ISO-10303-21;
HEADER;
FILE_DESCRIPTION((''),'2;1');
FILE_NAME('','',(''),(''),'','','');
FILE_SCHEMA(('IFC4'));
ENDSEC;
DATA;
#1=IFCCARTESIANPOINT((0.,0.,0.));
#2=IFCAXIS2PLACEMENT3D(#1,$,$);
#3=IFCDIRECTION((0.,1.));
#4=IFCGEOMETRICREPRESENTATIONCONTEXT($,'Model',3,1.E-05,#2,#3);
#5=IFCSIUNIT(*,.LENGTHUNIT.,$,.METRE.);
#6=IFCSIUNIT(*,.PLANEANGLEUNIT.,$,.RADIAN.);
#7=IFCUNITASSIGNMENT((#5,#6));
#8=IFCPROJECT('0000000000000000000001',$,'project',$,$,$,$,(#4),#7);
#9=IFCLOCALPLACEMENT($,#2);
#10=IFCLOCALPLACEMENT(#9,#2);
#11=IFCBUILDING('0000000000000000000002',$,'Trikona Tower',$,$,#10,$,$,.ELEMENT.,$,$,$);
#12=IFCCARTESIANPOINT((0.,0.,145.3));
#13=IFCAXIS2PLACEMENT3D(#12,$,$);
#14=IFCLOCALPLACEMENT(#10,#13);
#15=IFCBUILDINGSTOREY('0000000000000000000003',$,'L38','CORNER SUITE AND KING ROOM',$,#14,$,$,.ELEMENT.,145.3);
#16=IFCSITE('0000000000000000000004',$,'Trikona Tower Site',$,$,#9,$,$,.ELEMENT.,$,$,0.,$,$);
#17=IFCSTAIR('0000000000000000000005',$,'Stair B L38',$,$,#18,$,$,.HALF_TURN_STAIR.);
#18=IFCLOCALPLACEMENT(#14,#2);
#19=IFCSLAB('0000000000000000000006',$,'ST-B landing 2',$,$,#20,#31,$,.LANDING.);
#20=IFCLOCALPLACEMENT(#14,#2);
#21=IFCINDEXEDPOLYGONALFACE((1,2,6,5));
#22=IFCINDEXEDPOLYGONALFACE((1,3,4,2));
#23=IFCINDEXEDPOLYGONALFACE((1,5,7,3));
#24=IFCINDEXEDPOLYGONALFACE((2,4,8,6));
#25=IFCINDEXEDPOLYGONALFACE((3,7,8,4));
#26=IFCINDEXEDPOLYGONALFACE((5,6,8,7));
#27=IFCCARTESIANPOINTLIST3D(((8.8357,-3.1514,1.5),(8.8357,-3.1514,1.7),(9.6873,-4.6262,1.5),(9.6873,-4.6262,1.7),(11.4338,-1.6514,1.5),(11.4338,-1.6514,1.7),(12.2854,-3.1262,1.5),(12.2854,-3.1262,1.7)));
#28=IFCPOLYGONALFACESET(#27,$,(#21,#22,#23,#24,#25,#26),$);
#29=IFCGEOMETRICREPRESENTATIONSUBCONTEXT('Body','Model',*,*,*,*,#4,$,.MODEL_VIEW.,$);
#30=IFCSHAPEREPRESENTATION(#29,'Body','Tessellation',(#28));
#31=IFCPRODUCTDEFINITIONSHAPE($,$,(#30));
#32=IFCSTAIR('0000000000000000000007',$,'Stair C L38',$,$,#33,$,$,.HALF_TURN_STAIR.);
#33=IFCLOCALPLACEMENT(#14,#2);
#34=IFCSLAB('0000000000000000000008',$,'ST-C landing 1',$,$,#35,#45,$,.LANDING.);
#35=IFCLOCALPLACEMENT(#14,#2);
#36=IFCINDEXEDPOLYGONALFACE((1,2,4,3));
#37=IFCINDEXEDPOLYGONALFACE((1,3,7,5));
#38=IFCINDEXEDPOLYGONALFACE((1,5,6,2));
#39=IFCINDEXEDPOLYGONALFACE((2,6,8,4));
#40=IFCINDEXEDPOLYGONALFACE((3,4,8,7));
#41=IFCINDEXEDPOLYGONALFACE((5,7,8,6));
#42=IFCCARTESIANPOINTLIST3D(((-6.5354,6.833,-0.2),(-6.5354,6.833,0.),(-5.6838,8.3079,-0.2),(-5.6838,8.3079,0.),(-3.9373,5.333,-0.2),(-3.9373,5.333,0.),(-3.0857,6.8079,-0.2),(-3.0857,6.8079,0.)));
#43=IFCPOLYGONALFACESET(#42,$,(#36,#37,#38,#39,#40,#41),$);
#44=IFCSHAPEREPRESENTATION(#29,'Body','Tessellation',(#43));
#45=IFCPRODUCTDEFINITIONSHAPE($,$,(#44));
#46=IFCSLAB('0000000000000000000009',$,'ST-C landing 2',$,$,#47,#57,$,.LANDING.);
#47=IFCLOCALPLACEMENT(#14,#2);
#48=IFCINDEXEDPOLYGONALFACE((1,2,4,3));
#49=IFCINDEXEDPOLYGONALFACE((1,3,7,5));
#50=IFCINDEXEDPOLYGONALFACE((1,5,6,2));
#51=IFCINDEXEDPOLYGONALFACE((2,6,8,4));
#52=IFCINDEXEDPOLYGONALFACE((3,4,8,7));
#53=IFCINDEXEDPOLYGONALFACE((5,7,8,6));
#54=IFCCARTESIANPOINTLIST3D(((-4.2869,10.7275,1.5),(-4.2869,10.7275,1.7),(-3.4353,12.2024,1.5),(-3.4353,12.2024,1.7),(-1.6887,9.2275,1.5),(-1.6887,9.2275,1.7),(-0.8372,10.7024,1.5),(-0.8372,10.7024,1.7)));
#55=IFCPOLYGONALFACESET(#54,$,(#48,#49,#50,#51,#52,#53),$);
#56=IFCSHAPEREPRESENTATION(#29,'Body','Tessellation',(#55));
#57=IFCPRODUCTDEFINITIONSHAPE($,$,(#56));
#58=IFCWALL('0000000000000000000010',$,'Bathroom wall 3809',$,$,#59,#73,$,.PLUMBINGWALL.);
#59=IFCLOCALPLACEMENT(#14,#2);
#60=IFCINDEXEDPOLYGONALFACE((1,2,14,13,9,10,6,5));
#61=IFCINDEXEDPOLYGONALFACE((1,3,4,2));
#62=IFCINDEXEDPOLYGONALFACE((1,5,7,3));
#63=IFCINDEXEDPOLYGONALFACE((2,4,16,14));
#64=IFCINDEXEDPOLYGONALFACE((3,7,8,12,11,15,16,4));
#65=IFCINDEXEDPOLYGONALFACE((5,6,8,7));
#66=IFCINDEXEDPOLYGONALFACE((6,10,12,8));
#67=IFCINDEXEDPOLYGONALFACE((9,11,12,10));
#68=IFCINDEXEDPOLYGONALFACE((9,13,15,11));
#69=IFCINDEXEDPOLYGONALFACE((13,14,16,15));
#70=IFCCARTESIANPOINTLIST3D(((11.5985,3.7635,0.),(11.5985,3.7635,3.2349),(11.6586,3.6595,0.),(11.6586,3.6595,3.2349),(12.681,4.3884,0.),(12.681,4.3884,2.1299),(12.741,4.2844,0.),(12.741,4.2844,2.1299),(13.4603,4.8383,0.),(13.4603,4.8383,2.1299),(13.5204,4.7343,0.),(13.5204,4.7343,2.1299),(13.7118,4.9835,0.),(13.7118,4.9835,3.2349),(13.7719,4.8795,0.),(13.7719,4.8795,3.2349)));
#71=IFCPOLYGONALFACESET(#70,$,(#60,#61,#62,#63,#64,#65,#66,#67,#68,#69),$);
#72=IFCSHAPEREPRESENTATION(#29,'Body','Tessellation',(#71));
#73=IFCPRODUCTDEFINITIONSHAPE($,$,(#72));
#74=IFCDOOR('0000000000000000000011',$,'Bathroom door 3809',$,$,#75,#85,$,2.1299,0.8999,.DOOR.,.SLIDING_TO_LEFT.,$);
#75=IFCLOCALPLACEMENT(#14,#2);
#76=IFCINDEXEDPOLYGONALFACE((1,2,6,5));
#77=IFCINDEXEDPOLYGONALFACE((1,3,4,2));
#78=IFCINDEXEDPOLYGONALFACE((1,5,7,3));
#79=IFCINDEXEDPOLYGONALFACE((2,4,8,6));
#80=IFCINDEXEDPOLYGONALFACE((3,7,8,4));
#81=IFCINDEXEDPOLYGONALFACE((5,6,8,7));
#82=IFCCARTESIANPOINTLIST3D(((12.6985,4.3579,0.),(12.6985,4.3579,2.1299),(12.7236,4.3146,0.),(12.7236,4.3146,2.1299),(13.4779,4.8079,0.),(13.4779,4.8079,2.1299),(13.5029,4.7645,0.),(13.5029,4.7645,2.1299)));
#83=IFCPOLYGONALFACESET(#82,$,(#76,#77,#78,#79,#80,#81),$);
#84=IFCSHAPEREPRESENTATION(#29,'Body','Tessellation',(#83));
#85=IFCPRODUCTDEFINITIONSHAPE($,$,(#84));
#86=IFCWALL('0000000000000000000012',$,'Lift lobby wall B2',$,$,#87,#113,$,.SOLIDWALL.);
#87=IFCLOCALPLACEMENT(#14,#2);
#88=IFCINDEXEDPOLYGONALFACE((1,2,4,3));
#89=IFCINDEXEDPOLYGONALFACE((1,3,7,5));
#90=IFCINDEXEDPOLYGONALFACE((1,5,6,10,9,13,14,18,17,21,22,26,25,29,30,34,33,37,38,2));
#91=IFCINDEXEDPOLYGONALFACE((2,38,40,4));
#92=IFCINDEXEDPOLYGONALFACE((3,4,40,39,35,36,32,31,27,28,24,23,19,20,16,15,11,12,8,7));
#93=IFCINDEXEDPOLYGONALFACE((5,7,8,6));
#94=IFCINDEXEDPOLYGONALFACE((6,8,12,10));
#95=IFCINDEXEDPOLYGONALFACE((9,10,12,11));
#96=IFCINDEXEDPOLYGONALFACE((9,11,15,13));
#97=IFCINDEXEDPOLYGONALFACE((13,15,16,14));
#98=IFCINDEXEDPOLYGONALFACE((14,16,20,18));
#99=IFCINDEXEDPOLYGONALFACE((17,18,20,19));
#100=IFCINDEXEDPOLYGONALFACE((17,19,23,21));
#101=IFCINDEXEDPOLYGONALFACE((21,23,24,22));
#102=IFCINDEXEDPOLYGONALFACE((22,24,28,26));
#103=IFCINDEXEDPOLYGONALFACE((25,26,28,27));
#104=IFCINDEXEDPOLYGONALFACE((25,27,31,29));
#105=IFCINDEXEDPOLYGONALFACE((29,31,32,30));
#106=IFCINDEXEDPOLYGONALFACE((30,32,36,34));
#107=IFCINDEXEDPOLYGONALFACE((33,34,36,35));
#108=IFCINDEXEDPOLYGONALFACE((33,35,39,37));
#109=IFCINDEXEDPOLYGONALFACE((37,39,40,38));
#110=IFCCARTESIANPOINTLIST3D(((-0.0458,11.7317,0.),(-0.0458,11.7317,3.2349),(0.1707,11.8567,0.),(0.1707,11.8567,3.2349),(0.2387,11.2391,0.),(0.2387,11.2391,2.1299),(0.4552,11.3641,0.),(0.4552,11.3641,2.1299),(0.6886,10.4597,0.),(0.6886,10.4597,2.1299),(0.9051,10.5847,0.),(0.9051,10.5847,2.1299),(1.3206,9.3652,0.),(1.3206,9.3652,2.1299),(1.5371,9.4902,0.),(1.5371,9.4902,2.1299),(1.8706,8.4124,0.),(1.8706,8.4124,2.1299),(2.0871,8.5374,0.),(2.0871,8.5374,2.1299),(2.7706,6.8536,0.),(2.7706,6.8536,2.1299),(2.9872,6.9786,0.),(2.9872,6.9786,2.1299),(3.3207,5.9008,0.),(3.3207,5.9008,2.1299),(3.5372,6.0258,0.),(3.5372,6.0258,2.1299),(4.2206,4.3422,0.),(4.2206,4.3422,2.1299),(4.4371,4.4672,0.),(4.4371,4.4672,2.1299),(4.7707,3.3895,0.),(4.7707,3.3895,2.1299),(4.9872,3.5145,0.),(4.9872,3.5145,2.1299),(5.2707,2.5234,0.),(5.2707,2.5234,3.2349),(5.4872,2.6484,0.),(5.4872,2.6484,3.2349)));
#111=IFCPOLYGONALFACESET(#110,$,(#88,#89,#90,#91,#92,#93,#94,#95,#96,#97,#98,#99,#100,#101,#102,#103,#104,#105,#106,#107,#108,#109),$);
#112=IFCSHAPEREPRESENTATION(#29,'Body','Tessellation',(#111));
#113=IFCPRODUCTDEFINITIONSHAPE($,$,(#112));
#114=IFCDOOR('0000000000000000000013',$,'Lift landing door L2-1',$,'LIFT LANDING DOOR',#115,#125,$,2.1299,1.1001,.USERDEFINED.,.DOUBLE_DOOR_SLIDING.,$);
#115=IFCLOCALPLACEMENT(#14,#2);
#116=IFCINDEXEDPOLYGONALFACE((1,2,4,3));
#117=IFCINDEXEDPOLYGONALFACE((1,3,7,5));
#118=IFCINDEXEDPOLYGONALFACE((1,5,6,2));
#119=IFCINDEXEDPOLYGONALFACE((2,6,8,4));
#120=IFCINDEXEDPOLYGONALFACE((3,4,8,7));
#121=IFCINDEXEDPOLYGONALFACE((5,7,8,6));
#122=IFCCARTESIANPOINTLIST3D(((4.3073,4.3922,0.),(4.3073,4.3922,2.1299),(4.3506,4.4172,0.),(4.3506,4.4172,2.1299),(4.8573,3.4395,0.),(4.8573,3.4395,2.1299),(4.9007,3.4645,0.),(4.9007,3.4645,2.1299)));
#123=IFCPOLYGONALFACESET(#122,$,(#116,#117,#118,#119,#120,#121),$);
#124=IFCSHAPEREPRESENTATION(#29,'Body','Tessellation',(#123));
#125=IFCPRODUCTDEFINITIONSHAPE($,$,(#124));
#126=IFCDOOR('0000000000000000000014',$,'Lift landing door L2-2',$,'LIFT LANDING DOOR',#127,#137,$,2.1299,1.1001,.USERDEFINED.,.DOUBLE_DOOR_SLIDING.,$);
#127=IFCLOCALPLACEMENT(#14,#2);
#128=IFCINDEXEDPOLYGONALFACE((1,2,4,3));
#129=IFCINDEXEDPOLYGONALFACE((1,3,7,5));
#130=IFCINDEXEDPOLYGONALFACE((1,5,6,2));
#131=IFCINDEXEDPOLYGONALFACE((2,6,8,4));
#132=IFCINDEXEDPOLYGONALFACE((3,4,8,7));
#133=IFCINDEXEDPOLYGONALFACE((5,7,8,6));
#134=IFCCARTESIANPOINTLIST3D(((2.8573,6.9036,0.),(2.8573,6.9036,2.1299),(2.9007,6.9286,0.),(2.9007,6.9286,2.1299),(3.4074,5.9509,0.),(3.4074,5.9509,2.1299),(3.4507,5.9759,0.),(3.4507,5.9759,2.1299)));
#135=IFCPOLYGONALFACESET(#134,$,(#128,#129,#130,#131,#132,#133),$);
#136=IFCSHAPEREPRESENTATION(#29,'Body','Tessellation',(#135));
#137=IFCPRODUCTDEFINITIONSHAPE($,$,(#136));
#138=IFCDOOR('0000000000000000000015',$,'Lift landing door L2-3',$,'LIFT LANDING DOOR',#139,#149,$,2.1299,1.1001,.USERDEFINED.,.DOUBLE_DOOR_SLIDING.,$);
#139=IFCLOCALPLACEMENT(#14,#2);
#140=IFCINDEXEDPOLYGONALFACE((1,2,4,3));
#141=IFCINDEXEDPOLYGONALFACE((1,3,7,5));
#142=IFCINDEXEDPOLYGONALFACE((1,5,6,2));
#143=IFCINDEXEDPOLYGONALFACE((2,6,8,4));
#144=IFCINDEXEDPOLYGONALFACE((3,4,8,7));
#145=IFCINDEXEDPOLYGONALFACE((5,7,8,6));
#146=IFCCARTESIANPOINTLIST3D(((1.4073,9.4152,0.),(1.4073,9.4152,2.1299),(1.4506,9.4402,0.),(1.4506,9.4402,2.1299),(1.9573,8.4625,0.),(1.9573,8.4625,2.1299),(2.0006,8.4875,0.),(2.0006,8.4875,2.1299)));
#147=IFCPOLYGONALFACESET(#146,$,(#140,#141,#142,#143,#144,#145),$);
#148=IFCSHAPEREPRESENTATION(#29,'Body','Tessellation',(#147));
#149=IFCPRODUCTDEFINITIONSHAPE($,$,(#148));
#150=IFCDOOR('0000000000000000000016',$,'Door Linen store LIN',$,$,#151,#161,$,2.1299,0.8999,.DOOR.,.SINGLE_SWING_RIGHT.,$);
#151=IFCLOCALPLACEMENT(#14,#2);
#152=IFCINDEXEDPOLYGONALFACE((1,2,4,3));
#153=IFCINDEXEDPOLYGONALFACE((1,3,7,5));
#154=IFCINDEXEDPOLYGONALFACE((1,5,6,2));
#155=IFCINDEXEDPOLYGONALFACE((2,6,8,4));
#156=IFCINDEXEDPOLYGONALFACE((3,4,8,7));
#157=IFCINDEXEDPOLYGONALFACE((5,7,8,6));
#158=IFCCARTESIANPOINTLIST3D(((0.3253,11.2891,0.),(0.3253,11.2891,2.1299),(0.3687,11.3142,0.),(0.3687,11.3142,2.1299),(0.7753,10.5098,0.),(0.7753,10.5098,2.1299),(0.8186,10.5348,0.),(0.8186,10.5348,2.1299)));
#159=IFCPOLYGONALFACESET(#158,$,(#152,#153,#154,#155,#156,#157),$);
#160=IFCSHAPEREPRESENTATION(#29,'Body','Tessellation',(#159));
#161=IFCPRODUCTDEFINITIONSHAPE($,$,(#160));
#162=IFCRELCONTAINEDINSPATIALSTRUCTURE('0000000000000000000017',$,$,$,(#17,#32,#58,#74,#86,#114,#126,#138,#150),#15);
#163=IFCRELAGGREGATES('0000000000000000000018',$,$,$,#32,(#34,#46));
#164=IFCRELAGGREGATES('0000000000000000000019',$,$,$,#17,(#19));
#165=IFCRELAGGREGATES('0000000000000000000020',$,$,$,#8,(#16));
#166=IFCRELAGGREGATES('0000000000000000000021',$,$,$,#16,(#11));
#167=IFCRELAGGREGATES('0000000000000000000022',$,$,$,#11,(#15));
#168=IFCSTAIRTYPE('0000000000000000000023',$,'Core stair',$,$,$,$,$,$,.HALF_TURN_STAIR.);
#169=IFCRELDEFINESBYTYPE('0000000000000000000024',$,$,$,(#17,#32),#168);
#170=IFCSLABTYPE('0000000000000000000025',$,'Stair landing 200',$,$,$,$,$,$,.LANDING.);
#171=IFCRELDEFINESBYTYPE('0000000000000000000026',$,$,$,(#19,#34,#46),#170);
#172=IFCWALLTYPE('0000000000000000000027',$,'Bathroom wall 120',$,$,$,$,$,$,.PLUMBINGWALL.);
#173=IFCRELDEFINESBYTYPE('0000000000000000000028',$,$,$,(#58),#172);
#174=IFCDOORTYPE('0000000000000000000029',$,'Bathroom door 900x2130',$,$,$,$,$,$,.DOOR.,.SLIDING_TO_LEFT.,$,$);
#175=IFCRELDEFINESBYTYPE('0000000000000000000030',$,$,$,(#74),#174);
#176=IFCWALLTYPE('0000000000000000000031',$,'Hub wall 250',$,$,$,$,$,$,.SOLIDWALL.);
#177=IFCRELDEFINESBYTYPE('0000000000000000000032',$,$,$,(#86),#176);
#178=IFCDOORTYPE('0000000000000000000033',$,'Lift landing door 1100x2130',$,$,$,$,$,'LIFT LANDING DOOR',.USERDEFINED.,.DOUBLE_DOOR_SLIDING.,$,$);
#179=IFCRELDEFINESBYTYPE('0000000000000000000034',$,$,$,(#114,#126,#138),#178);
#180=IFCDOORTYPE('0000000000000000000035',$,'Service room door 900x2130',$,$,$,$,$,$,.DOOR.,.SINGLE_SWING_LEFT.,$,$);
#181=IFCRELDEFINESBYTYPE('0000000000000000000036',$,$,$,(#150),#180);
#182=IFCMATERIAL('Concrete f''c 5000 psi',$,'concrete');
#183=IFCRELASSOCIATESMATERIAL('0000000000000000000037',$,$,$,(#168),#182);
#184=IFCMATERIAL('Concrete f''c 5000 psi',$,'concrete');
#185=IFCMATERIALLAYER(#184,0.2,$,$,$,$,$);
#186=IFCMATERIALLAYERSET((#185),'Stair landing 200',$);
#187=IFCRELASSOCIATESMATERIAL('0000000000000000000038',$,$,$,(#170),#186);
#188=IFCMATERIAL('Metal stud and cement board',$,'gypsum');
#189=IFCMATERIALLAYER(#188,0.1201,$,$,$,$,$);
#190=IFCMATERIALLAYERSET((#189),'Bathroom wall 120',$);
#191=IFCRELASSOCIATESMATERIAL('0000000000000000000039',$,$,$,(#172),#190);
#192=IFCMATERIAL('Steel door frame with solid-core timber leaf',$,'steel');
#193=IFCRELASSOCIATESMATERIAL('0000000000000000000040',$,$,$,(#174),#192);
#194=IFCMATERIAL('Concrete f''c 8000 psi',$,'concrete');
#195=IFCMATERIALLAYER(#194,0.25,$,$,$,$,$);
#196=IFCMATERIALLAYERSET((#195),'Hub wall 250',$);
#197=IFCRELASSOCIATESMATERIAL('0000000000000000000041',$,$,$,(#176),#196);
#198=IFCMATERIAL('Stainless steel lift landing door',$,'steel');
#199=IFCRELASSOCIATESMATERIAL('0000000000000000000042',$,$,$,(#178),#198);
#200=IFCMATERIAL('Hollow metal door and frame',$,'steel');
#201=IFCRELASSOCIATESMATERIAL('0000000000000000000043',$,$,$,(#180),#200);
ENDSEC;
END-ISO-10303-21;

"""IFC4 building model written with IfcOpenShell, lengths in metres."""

from ifc_helpers import new_model, si_unit, direction, frame, frame_2d, origin, place, context, subcontext, project, spatial, polyline, rectangle, outline, extrude, material, layer, layer_set, type_object, element, fill, aggregate, save


model = new_model("IFC4")

# Units and contexts
model_context = context("Model", 3, precision=1e-05, world=origin(), true_north=direction((0.0, 1.0)))
body_context = subcontext(model_context, "Body", "Model", "MODEL_VIEW")
ifc_project = project(units=[si_unit("LENGTHUNIT", "METRE"), si_unit("PLANEANGLEUNIT", "RADIAN")], contexts=[model_context])

# Site, building, storey
site_placement = place(None, origin())
site = spatial("IfcSite", under=ifc_project, at=site_placement, Name="Trikona Tower Site", CompositionType="ELEMENT", RefElevation=0.0)
building_placement = place(site_placement, origin())
building = spatial("IfcBuilding", under=site, at=building_placement, Name="Trikona Tower", CompositionType="ELEMENT")
storey_placement = place(building_placement, frame((0.0, 0.0, 145.3)))
storey = spatial("IfcBuildingStorey", under=building, at=storey_placement, Name="L38", Description="CORNER SUITE AND KING ROOM", CompositionType="ELEMENT", Elevation=145.3)

# Stairs, slabs
ifc_material_1 = material(Name="Concrete f'c 5000 psi", Category="concrete")
stair_type = type_object("IfcStairType", Name="Core stair", PredefinedType="HALF_TURN_STAIR", material=ifc_material_1)
ifc_material_2 = material(Name="Concrete f'c 5000 psi", Category="concrete")
ifc_layer_1 = layer(ifc_material_2, 0.2)
ifc_layer_set_1 = layer_set([ifc_layer_1], Name="Stair landing 200")
slab_type_1 = type_object("IfcSlabType", Name="Stair landing 200", PredefinedType="LANDING", material=ifc_layer_set_1)
stair_1_placement = place(storey_placement, origin())
stair_1 = element("IfcStair", 1, at=stair_1_placement, inside=storey, type_object=stair_type, Name="Stair B L38", PredefinedType="HALF_TURN_STAIR")
slab_1_placement = place(storey_placement, frame((0.0, 0.0, 1.5)))
slab_1 = element("IfcSlab", 2, at=slab_1_placement, type_object=slab_type_1, Name="ST-B landing 2", PredefinedType="LANDING", context=body_context, shape_type="SweptSolid", body=[
    extrude(outline(polyline([(9.6873, -4.6262), (8.8357, -3.1514), (11.4338, -1.6514), (12.2854, -3.1262), (9.6873, -4.6262)])), origin(), (0.0, 0.0, 1.0), 0.2),
])
stair_2_placement = place(storey_placement, origin())
stair_2 = element("IfcStair", 3, at=stair_2_placement, inside=storey, type_object=stair_type, Name="Stair C L38", PredefinedType="HALF_TURN_STAIR")
slab_2_placement = place(storey_placement, frame((0.0, 0.0, -0.2)))
slab_2 = element("IfcSlab", 4, at=slab_2_placement, type_object=slab_type_1, Name="ST-C landing 1", PredefinedType="LANDING", context=body_context, shape_type="SweptSolid", body=[
    extrude(outline(polyline([(-3.0857, 6.8079), (-3.9373, 5.333), (-6.5354, 6.833), (-5.6838, 8.3079), (-3.0857, 6.8079)])), origin(), (0.0, 0.0, 1.0), 0.2),
])
slab_3_placement = place(storey_placement, frame((0.0, 0.0, 1.5)))
slab_3 = element("IfcSlab", 5, at=slab_3_placement, type_object=slab_type_1, Name="ST-C landing 2", PredefinedType="LANDING", context=body_context, shape_type="SweptSolid", body=[
    extrude(outline(polyline([(-0.8372, 10.7024), (-1.6887, 9.2275), (-4.2869, 10.7275), (-3.4353, 12.2024), (-0.8372, 10.7024)])), origin(), (0.0, 0.0, 1.0), 0.2),
])
aggregate(stair_2, [slab_2, slab_3])

# Wall, opening, door
ifc_material_3 = material(Name="Metal stud and cement board", Category="gypsum")
ifc_layer_2 = layer(ifc_material_3, 0.1201)
ifc_layer_set_2 = layer_set([ifc_layer_2], Name="Bathroom wall 120")
wall_type_1 = type_object("IfcWallType", Name="Bathroom wall 120", PredefinedType="PLUMBINGWALL", material=ifc_layer_set_2)
wall_1_placement = place(storey_placement, frame((11.6284, 3.7114, 0.0), z_axis=(0.0, 0.0, 1.0), x_axis=(0.866049, 0.499959, 0.0)))
wall_1 = element("IfcWall", 6, at=wall_1_placement, inside=storey, type_object=wall_type_1, Name="Bathroom wall 3809", PredefinedType="PLUMBINGWALL", context=body_context, shape_type="SweptSolid", body=[
    extrude(rectangle(XDim=2.4402, YDim=0.1201, at=frame_2d((1.2202, 0.0))), origin(), (0.0, 0.0, 1.0), 3.2349),
])
opening_1_placement = place(wall_1_placement, frame((1.25, 0.0, 0.0)))
opening_1 = element("IfcOpeningElement", 7, at=opening_1_placement, cuts=wall_1, PredefinedType="OPENING", context=body_context, shape_type="SweptSolid", body=[
    extrude(rectangle(XDim=0.8999, YDim=2.1299, at=frame_2d((0.45, 1.0649))), frame((0.0, 0.0701, 0.0), z_axis=(0.0, -1.0, 0.0), x_axis=(1.0, 0.0, 0.0)), (0.0, 0.0, 1.0), 0.1401),
])
ifc_material_4 = material(Name="Steel door frame with solid-core timber leaf", Category="steel")
door_type_1 = type_object("IfcDoorType", Name="Bathroom door 900x2130", OperationType="SLIDING_TO_LEFT", PredefinedType="DOOR", material=ifc_material_4)
door_1_placement = place(opening_1_placement, origin())
door_1 = element("IfcDoor", 8, at=door_1_placement, inside=storey, type_object=door_type_1, Name="Bathroom door 3809", OperationType="SLIDING_TO_LEFT", OverallHeight=2.1299, OverallWidth=0.8999, PredefinedType="DOOR", context=body_context, shape_type="SweptSolid", body=[
    extrude(rectangle(XDim=0.8999, YDim=2.1299, at=frame_2d((0.45, 1.0649))), frame((0.0, 0.0249, 0.0), z_axis=(0.0, -1.0, 0.0), x_axis=(1.0, 0.0, 0.0)), (0.0, 0.0, 1.0), 0.05),
])
fill(opening_1, door_1)

# Wall, openings, doors
ifc_material_5 = material(Name="Concrete f'c 8000 psi", Category="concrete")
ifc_layer_3 = layer(ifc_material_5, 0.25)
ifc_layer_set_3 = layer_set([ifc_layer_3], Name="Hub wall 250")
wall_type_2 = type_object("IfcWallType", Name="Hub wall 250", PredefinedType="SOLIDWALL", material=ifc_layer_set_3)
wall_2_placement = place(storey_placement, frame((5.3789, 2.5859, 0.0), z_axis=(0.0, 0.0, 1.0), x_axis=(-0.500001, 0.866025, 0.0)))
wall_2 = element("IfcWall", 9, at=wall_2_placement, inside=storey, type_object=wall_type_2, Name="Lift lobby wall B2", PredefinedType="SOLIDWALL", context=body_context, shape_type="SweptSolid", body=[
    extrude(rectangle(XDim=10.6328, YDim=0.25, at=frame_2d((5.3164, 0.0))), origin(), (0.0, 0.0, 1.0), 3.2349),
])
opening_2_placement = place(wall_2_placement, frame((9.1641, 0.0, 0.0)))
opening_2 = element("IfcOpeningElement", 10, at=opening_2_placement, cuts=wall_2, PredefinedType="OPENING", context=body_context, shape_type="SweptSolid", body=[
    extrude(rectangle(XDim=0.8999, YDim=2.1299, at=frame_2d((0.45, 1.0649))), frame((0.0, 0.135, 0.0), z_axis=(0.0, -1.0, 0.0), x_axis=(1.0, 0.0, 0.0)), (0.0, 0.0, 1.0), 0.27),
])
opening_3_placement = place(wall_2_placement, frame((1.0, 0.0, 0.0)))
opening_3 = element("IfcOpeningElement", 11, at=opening_3_placement, cuts=wall_2, PredefinedType="OPENING", context=body_context, shape_type="SweptSolid", body=[
    extrude(rectangle(XDim=1.1001, YDim=2.1299, at=frame_2d((0.55, 1.0649))), frame((0.0, 0.135, 0.0), z_axis=(0.0, -1.0, 0.0), x_axis=(1.0, 0.0, 0.0)), (0.0, 0.0, 1.0), 0.27),
])
opening_4_placement = place(wall_2_placement, frame((3.8999, 0.0, 0.0)))
opening_4 = element("IfcOpeningElement", 12, at=opening_4_placement, cuts=wall_2, PredefinedType="OPENING", context=body_context, shape_type="SweptSolid", body=[
    extrude(rectangle(XDim=1.1001, YDim=2.1299, at=frame_2d((0.55, 1.0649))), frame((0.0, 0.135, 0.0), z_axis=(0.0, -1.0, 0.0), x_axis=(1.0, 0.0, 0.0)), (0.0, 0.0, 1.0), 0.27),
])
opening_5_placement = place(wall_2_placement, frame((6.8, 0.0, 0.0)))
opening_5 = element("IfcOpeningElement", 13, at=opening_5_placement, cuts=wall_2, PredefinedType="OPENING", context=body_context, shape_type="SweptSolid", body=[
    extrude(rectangle(XDim=1.1001, YDim=2.1299, at=frame_2d((0.55, 1.0649))), frame((0.0, 0.135, 0.0), z_axis=(0.0, -1.0, 0.0), x_axis=(1.0, 0.0, 0.0)), (0.0, 0.0, 1.0), 0.27),
])
ifc_material_6 = material(Name="Stainless steel lift landing door", Category="steel")
door_type_2 = type_object("IfcDoorType", Name="Lift landing door 1100x2130", ElementType="LIFT LANDING DOOR", OperationType="DOUBLE_DOOR_SLIDING", PredefinedType="USERDEFINED", material=ifc_material_6)
door_2_placement = place(opening_3_placement, origin())
door_2 = element("IfcDoor", 14, at=door_2_placement, inside=storey, type_object=door_type_2, Name="Lift landing door L2-1", ObjectType="LIFT LANDING DOOR", OperationType="DOUBLE_DOOR_SLIDING", OverallHeight=2.1299, OverallWidth=1.1001, PredefinedType="USERDEFINED", context=body_context, shape_type="SweptSolid", body=[
    extrude(rectangle(XDim=1.1001, YDim=2.1299, at=frame_2d((0.55, 1.0649))), frame((0.0, 0.0249, 0.0), z_axis=(0.0, -1.0, 0.0), x_axis=(1.0, 0.0, 0.0)), (0.0, 0.0, 1.0), 0.05),
])
fill(opening_3, door_2)
door_3_placement = place(opening_4_placement, origin())
door_3 = element("IfcDoor", 15, at=door_3_placement, inside=storey, type_object=door_type_2, Name="Lift landing door L2-2", ObjectType="LIFT LANDING DOOR", OperationType="DOUBLE_DOOR_SLIDING", OverallHeight=2.1299, OverallWidth=1.1001, PredefinedType="USERDEFINED", context=body_context, shape_type="SweptSolid", body=[
    extrude(rectangle(XDim=1.1001, YDim=2.1299, at=frame_2d((0.55, 1.0649))), frame((0.0, 0.0249, 0.0), z_axis=(0.0, -1.0, 0.0), x_axis=(1.0, 0.0, 0.0)), (0.0, 0.0, 1.0), 0.05),
])
fill(opening_4, door_3)
door_4_placement = place(opening_5_placement, origin())
door_4 = element("IfcDoor", 16, at=door_4_placement, inside=storey, type_object=door_type_2, Name="Lift landing door L2-3", ObjectType="LIFT LANDING DOOR", OperationType="DOUBLE_DOOR_SLIDING", OverallHeight=2.1299, OverallWidth=1.1001, PredefinedType="USERDEFINED", context=body_context, shape_type="SweptSolid", body=[
    extrude(rectangle(XDim=1.1001, YDim=2.1299, at=frame_2d((0.55, 1.0649))), frame((0.0, 0.0249, 0.0), z_axis=(0.0, -1.0, 0.0), x_axis=(1.0, 0.0, 0.0)), (0.0, 0.0, 1.0), 0.05),
])
fill(opening_5, door_4)
ifc_material_7 = material(Name="Hollow metal door and frame", Category="steel")
door_type_3 = type_object("IfcDoorType", Name="Service room door 900x2130", OperationType="SINGLE_SWING_LEFT", PredefinedType="DOOR", material=ifc_material_7)
door_5_placement = place(opening_2_placement, origin())
door_5 = element("IfcDoor", 17, at=door_5_placement, inside=storey, type_object=door_type_3, Name="Door Linen store LIN", OperationType="SINGLE_SWING_RIGHT", OverallHeight=2.1299, OverallWidth=0.8999, PredefinedType="DOOR", context=body_context, shape_type="SweptSolid", body=[
    extrude(rectangle(XDim=0.8999, YDim=2.1299, at=frame_2d((0.45, 1.0649))), frame((0.0, 0.0249, 0.0), z_axis=(0.0, -1.0, 0.0), x_axis=(1.0, 0.0, 0.0)), (0.0, 0.0, 1.0), 0.05),
])
fill(opening_2, door_5)

aggregate(stair_1, [slab_1])

save(model, "model.ifc")
